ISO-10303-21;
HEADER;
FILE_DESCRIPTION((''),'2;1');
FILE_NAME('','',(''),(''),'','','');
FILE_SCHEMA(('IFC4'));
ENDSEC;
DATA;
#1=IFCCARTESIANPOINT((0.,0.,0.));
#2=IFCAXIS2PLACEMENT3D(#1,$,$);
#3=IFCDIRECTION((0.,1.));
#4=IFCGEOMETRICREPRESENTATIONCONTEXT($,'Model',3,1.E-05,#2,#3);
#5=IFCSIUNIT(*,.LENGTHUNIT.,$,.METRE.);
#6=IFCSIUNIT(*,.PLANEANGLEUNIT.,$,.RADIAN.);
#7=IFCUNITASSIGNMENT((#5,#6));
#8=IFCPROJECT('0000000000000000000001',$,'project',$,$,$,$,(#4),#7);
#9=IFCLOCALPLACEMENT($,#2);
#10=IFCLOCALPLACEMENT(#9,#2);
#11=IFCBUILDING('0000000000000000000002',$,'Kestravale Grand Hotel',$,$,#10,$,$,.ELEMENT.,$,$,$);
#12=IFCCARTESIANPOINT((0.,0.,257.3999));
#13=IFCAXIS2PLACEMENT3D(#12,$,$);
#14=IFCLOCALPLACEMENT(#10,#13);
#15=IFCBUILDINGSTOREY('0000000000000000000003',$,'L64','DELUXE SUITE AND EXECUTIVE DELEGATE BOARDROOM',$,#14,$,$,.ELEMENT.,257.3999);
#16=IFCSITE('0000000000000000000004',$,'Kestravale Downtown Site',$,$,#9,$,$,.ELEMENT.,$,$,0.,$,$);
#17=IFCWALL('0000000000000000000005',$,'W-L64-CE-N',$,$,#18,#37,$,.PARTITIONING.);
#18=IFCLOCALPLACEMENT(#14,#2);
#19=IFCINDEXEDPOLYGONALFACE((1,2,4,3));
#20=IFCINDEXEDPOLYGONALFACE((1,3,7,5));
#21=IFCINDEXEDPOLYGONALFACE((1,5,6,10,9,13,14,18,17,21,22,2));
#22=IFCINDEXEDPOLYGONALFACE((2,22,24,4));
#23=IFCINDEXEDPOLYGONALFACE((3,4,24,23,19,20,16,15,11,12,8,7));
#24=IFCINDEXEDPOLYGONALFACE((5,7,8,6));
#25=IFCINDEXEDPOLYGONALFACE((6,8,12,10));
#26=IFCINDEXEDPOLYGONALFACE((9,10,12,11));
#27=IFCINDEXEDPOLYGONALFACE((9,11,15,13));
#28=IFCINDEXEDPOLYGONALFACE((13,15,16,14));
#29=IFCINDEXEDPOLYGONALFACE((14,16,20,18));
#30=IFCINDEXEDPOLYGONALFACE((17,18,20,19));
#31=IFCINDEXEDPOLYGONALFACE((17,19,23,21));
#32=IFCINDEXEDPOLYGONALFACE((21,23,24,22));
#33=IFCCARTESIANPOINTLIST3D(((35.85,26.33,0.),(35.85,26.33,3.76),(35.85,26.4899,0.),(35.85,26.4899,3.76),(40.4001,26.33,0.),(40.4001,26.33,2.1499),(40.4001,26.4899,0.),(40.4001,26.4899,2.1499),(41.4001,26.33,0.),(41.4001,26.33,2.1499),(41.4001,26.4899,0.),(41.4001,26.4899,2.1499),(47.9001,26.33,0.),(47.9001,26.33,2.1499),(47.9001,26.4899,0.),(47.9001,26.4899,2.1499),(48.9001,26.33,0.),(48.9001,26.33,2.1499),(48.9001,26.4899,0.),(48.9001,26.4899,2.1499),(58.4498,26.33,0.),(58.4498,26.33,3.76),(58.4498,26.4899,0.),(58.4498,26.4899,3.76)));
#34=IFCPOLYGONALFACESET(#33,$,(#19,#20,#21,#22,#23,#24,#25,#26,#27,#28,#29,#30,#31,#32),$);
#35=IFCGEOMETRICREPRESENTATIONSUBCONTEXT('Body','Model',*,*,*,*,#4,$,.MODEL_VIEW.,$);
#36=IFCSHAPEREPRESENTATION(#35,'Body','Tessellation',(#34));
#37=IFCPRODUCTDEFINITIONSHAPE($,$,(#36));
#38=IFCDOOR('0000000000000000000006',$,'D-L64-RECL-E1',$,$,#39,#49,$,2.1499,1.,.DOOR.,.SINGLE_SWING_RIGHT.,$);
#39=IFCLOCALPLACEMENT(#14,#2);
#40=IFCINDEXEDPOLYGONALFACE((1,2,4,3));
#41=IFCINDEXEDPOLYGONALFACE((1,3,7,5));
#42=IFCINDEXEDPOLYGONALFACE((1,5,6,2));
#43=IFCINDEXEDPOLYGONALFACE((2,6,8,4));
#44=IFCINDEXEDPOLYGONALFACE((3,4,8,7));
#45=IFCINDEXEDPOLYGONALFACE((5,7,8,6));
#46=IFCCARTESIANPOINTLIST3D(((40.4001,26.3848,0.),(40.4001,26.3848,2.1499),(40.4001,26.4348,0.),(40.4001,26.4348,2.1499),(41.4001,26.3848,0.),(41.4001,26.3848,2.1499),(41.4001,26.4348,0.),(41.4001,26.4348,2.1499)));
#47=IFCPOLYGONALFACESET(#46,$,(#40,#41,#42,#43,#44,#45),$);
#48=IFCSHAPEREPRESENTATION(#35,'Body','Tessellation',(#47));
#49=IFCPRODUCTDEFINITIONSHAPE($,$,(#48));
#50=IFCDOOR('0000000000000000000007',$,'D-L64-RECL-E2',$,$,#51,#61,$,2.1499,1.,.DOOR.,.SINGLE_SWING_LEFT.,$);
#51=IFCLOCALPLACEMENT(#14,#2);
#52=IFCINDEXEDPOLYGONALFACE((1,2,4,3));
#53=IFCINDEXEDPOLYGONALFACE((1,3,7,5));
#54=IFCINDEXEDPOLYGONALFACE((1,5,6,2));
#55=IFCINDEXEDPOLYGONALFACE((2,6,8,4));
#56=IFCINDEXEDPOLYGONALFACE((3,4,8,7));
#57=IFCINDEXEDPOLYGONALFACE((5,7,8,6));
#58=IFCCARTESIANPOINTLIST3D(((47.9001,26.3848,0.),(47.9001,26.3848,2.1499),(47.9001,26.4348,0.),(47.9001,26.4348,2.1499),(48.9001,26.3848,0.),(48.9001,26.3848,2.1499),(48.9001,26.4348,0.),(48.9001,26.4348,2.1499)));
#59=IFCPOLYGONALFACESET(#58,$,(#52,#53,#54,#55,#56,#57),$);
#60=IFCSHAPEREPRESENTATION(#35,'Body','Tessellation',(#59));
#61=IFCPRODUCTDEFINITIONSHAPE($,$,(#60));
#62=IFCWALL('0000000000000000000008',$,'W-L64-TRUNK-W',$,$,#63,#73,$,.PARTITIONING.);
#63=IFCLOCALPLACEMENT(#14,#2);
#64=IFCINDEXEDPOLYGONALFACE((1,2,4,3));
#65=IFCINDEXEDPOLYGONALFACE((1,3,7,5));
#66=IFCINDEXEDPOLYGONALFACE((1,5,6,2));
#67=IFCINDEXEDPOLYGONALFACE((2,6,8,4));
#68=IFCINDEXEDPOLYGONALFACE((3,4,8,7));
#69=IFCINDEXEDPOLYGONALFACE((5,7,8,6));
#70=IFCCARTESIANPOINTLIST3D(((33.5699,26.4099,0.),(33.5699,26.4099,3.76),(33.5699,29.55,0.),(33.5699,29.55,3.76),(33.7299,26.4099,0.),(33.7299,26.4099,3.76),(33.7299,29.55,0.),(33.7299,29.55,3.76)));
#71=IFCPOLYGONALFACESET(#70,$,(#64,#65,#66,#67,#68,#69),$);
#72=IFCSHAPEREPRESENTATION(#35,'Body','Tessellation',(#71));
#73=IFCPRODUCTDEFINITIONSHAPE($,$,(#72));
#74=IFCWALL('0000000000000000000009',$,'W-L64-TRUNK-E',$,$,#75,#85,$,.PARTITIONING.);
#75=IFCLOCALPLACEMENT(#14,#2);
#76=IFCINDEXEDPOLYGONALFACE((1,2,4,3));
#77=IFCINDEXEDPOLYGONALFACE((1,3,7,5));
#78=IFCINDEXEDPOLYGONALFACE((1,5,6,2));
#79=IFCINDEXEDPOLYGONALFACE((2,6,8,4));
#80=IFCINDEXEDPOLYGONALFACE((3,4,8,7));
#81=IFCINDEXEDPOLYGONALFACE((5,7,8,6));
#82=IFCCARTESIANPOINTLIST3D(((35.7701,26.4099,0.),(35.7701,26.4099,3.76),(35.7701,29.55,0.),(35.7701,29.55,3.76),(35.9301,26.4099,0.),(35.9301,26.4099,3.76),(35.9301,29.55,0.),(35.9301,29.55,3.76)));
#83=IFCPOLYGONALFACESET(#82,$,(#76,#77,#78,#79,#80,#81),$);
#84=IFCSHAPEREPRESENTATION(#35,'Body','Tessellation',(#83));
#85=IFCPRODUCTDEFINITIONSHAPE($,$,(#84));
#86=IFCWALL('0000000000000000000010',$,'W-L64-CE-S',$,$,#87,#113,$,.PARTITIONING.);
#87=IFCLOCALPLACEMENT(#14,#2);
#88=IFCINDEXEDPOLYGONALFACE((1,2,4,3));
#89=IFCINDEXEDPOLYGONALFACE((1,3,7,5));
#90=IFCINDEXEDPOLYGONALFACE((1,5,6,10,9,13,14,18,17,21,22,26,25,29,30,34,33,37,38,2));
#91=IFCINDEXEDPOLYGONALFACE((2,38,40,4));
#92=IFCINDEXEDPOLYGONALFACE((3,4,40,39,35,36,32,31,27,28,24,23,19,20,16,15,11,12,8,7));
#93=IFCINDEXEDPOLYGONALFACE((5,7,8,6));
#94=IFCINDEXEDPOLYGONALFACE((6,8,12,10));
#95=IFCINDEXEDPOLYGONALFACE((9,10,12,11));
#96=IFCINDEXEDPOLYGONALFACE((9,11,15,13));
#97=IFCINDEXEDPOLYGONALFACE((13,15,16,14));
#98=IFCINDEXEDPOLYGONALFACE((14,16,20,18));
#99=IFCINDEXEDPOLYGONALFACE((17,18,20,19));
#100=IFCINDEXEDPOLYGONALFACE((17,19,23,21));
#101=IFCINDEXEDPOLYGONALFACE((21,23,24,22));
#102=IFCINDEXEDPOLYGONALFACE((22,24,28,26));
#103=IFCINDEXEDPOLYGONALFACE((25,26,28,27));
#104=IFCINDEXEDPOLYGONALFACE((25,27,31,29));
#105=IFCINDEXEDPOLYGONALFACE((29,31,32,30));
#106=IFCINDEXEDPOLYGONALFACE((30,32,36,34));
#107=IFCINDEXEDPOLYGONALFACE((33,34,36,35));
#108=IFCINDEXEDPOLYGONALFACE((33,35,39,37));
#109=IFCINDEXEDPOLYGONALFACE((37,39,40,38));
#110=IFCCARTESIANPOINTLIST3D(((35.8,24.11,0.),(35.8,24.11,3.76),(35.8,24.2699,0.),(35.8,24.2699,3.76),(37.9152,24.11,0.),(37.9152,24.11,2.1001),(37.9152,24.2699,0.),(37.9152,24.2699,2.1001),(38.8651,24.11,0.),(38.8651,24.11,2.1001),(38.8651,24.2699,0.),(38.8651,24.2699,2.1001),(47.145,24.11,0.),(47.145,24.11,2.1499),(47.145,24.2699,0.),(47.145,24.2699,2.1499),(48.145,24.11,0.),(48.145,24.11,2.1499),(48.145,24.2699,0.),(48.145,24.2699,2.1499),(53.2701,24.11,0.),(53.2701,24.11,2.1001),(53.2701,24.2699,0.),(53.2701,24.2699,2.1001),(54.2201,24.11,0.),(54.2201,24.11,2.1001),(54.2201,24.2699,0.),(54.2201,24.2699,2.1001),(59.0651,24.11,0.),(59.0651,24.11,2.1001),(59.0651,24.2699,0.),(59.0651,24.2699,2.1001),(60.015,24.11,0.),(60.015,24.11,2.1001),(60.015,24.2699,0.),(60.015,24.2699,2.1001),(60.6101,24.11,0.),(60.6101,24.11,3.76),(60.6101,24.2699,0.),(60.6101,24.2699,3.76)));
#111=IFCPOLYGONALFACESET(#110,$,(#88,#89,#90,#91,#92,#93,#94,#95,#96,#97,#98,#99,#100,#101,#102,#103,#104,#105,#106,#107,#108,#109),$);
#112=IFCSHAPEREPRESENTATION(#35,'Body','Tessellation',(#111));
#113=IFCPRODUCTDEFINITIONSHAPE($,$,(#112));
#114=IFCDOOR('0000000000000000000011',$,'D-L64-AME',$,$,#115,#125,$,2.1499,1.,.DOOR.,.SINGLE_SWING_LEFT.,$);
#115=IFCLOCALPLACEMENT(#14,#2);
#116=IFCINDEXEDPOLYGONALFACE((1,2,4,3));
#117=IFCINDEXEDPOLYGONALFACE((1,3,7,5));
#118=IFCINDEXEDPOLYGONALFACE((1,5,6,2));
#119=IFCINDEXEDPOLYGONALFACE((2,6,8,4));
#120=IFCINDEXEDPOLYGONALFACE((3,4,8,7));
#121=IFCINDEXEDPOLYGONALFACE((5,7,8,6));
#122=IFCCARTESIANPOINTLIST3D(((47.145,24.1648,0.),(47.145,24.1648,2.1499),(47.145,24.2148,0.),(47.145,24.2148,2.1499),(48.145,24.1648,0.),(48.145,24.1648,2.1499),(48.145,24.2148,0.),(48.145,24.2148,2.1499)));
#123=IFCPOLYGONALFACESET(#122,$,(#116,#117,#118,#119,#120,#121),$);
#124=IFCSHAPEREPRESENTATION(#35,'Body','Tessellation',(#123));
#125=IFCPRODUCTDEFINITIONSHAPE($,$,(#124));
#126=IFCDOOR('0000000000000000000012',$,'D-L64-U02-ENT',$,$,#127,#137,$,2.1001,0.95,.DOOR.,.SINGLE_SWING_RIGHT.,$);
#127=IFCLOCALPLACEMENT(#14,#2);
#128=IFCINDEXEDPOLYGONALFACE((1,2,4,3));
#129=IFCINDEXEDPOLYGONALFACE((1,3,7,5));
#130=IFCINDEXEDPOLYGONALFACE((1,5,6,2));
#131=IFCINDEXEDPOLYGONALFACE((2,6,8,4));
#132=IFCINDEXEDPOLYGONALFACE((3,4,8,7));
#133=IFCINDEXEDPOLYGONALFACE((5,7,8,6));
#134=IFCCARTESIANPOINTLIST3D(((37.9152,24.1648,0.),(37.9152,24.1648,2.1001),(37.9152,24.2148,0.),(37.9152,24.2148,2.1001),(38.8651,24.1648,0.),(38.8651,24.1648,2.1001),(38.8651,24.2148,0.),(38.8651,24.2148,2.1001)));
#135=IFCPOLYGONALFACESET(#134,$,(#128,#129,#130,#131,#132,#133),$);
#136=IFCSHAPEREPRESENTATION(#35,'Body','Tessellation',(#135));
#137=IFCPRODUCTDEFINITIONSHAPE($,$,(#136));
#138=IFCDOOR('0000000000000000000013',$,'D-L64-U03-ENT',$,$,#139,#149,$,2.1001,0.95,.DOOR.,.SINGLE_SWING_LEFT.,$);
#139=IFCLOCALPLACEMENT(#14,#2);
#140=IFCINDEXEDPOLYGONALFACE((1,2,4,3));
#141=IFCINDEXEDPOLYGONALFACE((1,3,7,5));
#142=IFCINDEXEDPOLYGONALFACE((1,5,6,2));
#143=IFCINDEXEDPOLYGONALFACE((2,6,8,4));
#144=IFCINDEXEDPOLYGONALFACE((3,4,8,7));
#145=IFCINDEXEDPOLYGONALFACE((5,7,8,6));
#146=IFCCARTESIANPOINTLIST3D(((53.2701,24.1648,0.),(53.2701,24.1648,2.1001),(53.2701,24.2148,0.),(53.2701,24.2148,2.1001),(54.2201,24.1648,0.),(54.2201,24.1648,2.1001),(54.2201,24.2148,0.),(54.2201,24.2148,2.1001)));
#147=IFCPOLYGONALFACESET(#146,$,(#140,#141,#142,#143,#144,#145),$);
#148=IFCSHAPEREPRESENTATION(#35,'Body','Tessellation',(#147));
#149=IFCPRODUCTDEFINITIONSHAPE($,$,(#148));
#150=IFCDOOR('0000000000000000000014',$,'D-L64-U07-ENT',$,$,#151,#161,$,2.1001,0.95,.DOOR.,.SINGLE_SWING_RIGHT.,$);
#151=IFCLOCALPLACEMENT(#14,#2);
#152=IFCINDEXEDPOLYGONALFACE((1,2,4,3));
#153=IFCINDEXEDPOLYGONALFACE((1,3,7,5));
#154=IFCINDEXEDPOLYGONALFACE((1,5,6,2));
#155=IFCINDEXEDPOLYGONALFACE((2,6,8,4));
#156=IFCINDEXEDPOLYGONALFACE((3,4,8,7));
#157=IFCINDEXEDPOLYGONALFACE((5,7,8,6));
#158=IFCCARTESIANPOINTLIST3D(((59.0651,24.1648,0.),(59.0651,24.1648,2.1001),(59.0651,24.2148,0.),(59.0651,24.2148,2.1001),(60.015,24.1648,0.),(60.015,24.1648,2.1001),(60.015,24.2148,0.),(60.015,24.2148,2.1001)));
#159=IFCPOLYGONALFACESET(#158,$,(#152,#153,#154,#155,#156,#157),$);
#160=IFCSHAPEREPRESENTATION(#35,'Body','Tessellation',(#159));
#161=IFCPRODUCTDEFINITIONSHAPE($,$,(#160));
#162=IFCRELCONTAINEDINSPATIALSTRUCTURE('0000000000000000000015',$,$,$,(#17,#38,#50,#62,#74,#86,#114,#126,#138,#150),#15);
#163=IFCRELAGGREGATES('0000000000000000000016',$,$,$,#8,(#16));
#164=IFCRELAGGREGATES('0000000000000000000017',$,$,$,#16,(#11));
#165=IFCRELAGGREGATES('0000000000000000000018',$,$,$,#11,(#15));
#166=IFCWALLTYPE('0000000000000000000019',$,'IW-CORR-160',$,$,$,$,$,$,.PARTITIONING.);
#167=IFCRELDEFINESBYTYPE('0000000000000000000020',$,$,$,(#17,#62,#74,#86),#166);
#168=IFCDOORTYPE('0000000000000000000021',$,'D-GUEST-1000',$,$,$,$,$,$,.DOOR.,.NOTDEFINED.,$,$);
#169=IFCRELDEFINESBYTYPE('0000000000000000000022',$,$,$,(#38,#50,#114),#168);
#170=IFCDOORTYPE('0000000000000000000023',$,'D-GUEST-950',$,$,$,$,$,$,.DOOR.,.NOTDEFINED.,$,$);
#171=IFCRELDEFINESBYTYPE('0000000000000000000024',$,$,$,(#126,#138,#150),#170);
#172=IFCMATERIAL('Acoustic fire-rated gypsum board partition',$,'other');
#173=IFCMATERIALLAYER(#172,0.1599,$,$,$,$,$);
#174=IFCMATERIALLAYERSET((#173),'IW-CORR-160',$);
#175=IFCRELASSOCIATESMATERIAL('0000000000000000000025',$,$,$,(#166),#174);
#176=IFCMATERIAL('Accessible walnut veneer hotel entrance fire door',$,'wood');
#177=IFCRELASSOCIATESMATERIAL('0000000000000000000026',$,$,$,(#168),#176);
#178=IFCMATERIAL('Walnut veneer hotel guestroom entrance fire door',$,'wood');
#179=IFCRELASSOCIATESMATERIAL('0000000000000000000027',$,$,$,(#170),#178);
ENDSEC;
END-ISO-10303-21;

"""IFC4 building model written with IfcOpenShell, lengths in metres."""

from ifc_helpers import new_model, si_unit, direction, frame, frame_2d, origin, place, context, subcontext, project, spatial, rectangle, extrude, material, layer, layer_set, type_object, element, fill, save


model = new_model("IFC4")

# Units and contexts
model_context = context("Model", 3, precision=1e-05, world=origin(), true_north=direction((0.0, 1.0)))
body_context = subcontext(model_context, "Body", "Model", "MODEL_VIEW")
ifc_project = project(units=[si_unit("LENGTHUNIT", "METRE"), si_unit("PLANEANGLEUNIT", "RADIAN")], contexts=[model_context])

# Site, building, storey
site_placement = place(None, origin())
site = spatial("IfcSite", under=ifc_project, at=site_placement, Name="Kestravale Downtown Site", CompositionType="ELEMENT", RefElevation=0.0)
building_placement = place(site_placement, origin())
building = spatial("IfcBuilding", under=site, at=building_placement, Name="Kestravale Grand Hotel", CompositionType="ELEMENT")
storey_placement = place(building_placement, frame((0.0, 0.0, 257.3999)))
storey = spatial("IfcBuildingStorey", under=building, at=storey_placement, Name="L64", Description="DELUXE SUITE AND EXECUTIVE DELEGATE BOARDROOM", CompositionType="ELEMENT", Elevation=257.3999)

# Wall, openings, doors
ifc_material_1 = material(Name="Acoustic fire-rated gypsum board partition", Category="other")
ifc_layer_1 = layer(ifc_material_1, 0.1599)
ifc_layer_set_1 = layer_set([ifc_layer_1], Name="IW-CORR-160")
wall_type_1 = type_object("IfcWallType", Name="IW-CORR-160", PredefinedType="PARTITIONING", material=ifc_layer_set_1)
wall_1_placement = place(storey_placement, frame((35.8501, 26.4099, 0.0), z_axis=(0.0, 0.0, 1.0), x_axis=(1.0, 0.0, 0.0)))
wall_1 = element("IfcWall", 1, at=wall_1_placement, inside=storey, type_object=wall_type_1, Name="W-L64-CE-N", PredefinedType="PARTITIONING", context=body_context, shape_type="SweptSolid", body=[
    extrude(rectangle(XDim=22.5999, YDim=0.1599, at=frame_2d((11.2998, 0.0))), origin(), (0.0, 0.0, 1.0), 3.76),
])
opening_1_placement = place(wall_1_placement, frame((4.55, 0.0, 0.0)))
opening_1 = element("IfcOpeningElement", 2, at=opening_1_placement, cuts=wall_1, PredefinedType="OPENING", context=body_context, shape_type="SweptSolid", body=[
    extrude(rectangle(XDim=1.0, YDim=2.1499, at=frame_2d((0.5, 1.075))), frame((0.0, 0.0898, 0.0), z_axis=(0.0, -1.0, 0.0), x_axis=(1.0, 0.0, 0.0)), (0.0, 0.0, 1.0), 0.1799),
])
opening_2_placement = place(wall_1_placement, frame((12.05, 0.0, 0.0)))
opening_2 = element("IfcOpeningElement", 3, at=opening_2_placement, cuts=wall_1, PredefinedType="OPENING", context=body_context, shape_type="SweptSolid", body=[
    extrude(rectangle(XDim=1.0, YDim=2.1499, at=frame_2d((0.5, 1.075))), frame((0.0, 0.0898, 0.0), z_axis=(0.0, -1.0, 0.0), x_axis=(1.0, 0.0, 0.0)), (0.0, 0.0, 1.0), 0.1799),
])
ifc_material_2 = material(Name="Accessible walnut veneer hotel entrance fire door", Category="wood")
door_type_1 = type_object("IfcDoorType", Name="D-GUEST-1000", OperationType="NOTDEFINED", PredefinedType="DOOR", material=ifc_material_2)
door_1_placement = place(opening_1_placement, origin())
door_1 = element("IfcDoor", 4, at=door_1_placement, inside=storey, type_object=door_type_1, Name="D-L64-RECL-E1", OperationType="SINGLE_SWING_RIGHT", OverallHeight=2.1499, OverallWidth=1.0, PredefinedType="DOOR", context=body_context, shape_type="SweptSolid", body=[
    extrude(rectangle(XDim=1.0, YDim=2.1499, at=frame_2d((0.5, 1.075))), frame((0.0, 0.0249, 0.0), z_axis=(0.0, -1.0, 0.0), x_axis=(1.0, 0.0, 0.0)), (0.0, 0.0, 1.0), 0.05),
])
fill(opening_1, door_1)
door_2_placement = place(opening_2_placement, origin())
door_2 = element("IfcDoor", 5, at=door_2_placement, inside=storey, type_object=door_type_1, Name="D-L64-RECL-E2", OperationType="SINGLE_SWING_LEFT", OverallHeight=2.1499, OverallWidth=1.0, PredefinedType="DOOR", context=body_context, shape_type="SweptSolid", body=[
    extrude(rectangle(XDim=1.0, YDim=2.1499, at=frame_2d((0.5, 1.075))), frame((0.0, 0.0249, 0.0), z_axis=(0.0, -1.0, 0.0), x_axis=(1.0, 0.0, 0.0)), (0.0, 0.0, 1.0), 0.05),
])
fill(opening_2, door_2)

# Walls
for number, where, z_axis, x_axis, name in (
    (6, (33.6499, 26.4099, 0.0), (0.0, 0.0, 1.0), (0.0, 1.0, 0.0), "W-L64-TRUNK-W"),
    (7, (35.8501, 26.4099, 0.0), (0.0, 0.0, 1.0), (0.0, 1.0, 0.0), "W-L64-TRUNK-E"),
):
    element("IfcWall", number, at=place(storey_placement, frame(where, z_axis=z_axis, x_axis=x_axis)), inside=storey, type_object=wall_type_1, Name=name, PredefinedType="PARTITIONING", context=body_context, shape_type="SweptSolid", body=[
        extrude(rectangle(XDim=3.1401, YDim=0.1599, at=frame_2d((1.5701, 0.0))), origin(), (0.0, 0.0, 1.0), 3.76),
    ])

# Wall, openings, doors
wall_2_placement = place(storey_placement, frame((35.8, 24.1899, 0.0), z_axis=(0.0, 0.0, 1.0), x_axis=(1.0, 0.0, 0.0)))
wall_2 = element("IfcWall", 8, at=wall_2_placement, inside=storey, type_object=wall_type_1, Name="W-L64-CE-S", PredefinedType="PARTITIONING", context=body_context, shape_type="SweptSolid", body=[
    extrude(rectangle(XDim=24.8101, YDim=0.1599, at=frame_2d((12.405, 0.0))), origin(), (0.0, 0.0, 1.0), 3.76),
])
opening_3_placement = place(wall_2_placement, frame((2.115, 0.0, 0.0)))
opening_3 = element("IfcOpeningElement", 9, at=opening_3_placement, cuts=wall_2, PredefinedType="OPENING", context=body_context, shape_type="SweptSolid", body=[
    extrude(rectangle(XDim=0.95, YDim=2.1001, at=frame_2d((0.4751, 1.05))), frame((0.0, 0.0898, 0.0), z_axis=(0.0, -1.0, 0.0), x_axis=(1.0, 0.0, 0.0)), (0.0, 0.0, 1.0), 0.1799),
])
opening_4_placement = place(wall_2_placement, frame((11.345, 0.0, 0.0)))
opening_4 = element("IfcOpeningElement", 10, at=opening_4_placement, cuts=wall_2, PredefinedType="OPENING", context=body_context, shape_type="SweptSolid", body=[
    extrude(rectangle(XDim=1.0, YDim=2.1499, at=frame_2d((0.5, 1.075))), frame((0.0, 0.0898, 0.0), z_axis=(0.0, -1.0, 0.0), x_axis=(1.0, 0.0, 0.0)), (0.0, 0.0, 1.0), 0.1799),
])
opening_5_placement = place(wall_2_placement, frame((17.47, 0.0, 0.0)))
opening_5 = element("IfcOpeningElement", 11, at=opening_5_placement, cuts=wall_2, PredefinedType="OPENING", context=body_context, shape_type="SweptSolid", body=[
    extrude(rectangle(XDim=0.95, YDim=2.1001, at=frame_2d((0.4751, 1.05))), frame((0.0, 0.0898, 0.0), z_axis=(0.0, -1.0, 0.0), x_axis=(1.0, 0.0, 0.0)), (0.0, 0.0, 1.0), 0.1799),
])
opening_6_placement = place(wall_2_placement, frame((23.2649, 0.0, 0.0)))
opening_6 = element("IfcOpeningElement", 12, at=opening_6_placement, cuts=wall_2, PredefinedType="OPENING", context=body_context, shape_type="SweptSolid", body=[
    extrude(rectangle(XDim=0.95, YDim=2.1001, at=frame_2d((0.4751, 1.05))), frame((0.0, 0.0898, 0.0), z_axis=(0.0, -1.0, 0.0), x_axis=(1.0, 0.0, 0.0)), (0.0, 0.0, 1.0), 0.1799),
])
door_3_placement = place(opening_4_placement, origin())
door_3 = element("IfcDoor", 13, at=door_3_placement, inside=storey, type_object=door_type_1, Name="D-L64-AME", OperationType="SINGLE_SWING_LEFT", OverallHeight=2.1499, OverallWidth=1.0, PredefinedType="DOOR", context=body_context, shape_type="SweptSolid", body=[
    extrude(rectangle(XDim=1.0, YDim=2.1499, at=frame_2d((0.5, 1.075))), frame((0.0, 0.0249, 0.0), z_axis=(0.0, -1.0, 0.0), x_axis=(1.0, 0.0, 0.0)), (0.0, 0.0, 1.0), 0.05),
])
fill(opening_4, door_3)
ifc_material_3 = material(Name="Walnut veneer hotel guestroom entrance fire door", Category="wood")
door_type_2 = type_object("IfcDoorType", Name="D-GUEST-950", OperationType="NOTDEFINED", PredefinedType="DOOR", material=ifc_material_3)
door_4_placement = place(opening_3_placement, origin())
door_4 = element("IfcDoor", 14, at=door_4_placement, inside=storey, type_object=door_type_2, Name="D-L64-U02-ENT", OperationType="SINGLE_SWING_RIGHT", OverallHeight=2.1001, OverallWidth=0.95, PredefinedType="DOOR", context=body_context, shape_type="SweptSolid", body=[
    extrude(rectangle(XDim=0.95, YDim=2.1001, at=frame_2d((0.4751, 1.05))), frame((0.0, 0.0249, 0.0), z_axis=(0.0, -1.0, 0.0), x_axis=(1.0, 0.0, 0.0)), (0.0, 0.0, 1.0), 0.05),
])
fill(opening_3, door_4)
door_5_placement = place(opening_5_placement, origin())
door_5 = element("IfcDoor", 15, at=door_5_placement, inside=storey, type_object=door_type_2, Name="D-L64-U03-ENT", OperationType="SINGLE_SWING_LEFT", OverallHeight=2.1001, OverallWidth=0.95, PredefinedType="DOOR", context=body_context, shape_type="SweptSolid", body=[
    extrude(rectangle(XDim=0.95, YDim=2.1001, at=frame_2d((0.4751, 1.05))), frame((0.0, 0.0249, 0.0), z_axis=(0.0, -1.0, 0.0), x_axis=(1.0, 0.0, 0.0)), (0.0, 0.0, 1.0), 0.05),
])
fill(opening_5, door_5)
door_6_placement = place(opening_6_placement, origin())
door_6 = element("IfcDoor", 16, at=door_6_placement, inside=storey, type_object=door_type_2, Name="D-L64-U07-ENT", OperationType="SINGLE_SWING_RIGHT", OverallHeight=2.1001, OverallWidth=0.95, PredefinedType="DOOR", context=body_context, shape_type="SweptSolid", body=[
    extrude(rectangle(XDim=0.95, YDim=2.1001, at=frame_2d((0.4751, 1.05))), frame((0.0, 0.0249, 0.0), z_axis=(0.0, -1.0, 0.0), x_axis=(1.0, 0.0, 0.0)), (0.0, 0.0, 1.0), 0.05),
])
fill(opening_6, door_6)

save(model, "model.ifc")
